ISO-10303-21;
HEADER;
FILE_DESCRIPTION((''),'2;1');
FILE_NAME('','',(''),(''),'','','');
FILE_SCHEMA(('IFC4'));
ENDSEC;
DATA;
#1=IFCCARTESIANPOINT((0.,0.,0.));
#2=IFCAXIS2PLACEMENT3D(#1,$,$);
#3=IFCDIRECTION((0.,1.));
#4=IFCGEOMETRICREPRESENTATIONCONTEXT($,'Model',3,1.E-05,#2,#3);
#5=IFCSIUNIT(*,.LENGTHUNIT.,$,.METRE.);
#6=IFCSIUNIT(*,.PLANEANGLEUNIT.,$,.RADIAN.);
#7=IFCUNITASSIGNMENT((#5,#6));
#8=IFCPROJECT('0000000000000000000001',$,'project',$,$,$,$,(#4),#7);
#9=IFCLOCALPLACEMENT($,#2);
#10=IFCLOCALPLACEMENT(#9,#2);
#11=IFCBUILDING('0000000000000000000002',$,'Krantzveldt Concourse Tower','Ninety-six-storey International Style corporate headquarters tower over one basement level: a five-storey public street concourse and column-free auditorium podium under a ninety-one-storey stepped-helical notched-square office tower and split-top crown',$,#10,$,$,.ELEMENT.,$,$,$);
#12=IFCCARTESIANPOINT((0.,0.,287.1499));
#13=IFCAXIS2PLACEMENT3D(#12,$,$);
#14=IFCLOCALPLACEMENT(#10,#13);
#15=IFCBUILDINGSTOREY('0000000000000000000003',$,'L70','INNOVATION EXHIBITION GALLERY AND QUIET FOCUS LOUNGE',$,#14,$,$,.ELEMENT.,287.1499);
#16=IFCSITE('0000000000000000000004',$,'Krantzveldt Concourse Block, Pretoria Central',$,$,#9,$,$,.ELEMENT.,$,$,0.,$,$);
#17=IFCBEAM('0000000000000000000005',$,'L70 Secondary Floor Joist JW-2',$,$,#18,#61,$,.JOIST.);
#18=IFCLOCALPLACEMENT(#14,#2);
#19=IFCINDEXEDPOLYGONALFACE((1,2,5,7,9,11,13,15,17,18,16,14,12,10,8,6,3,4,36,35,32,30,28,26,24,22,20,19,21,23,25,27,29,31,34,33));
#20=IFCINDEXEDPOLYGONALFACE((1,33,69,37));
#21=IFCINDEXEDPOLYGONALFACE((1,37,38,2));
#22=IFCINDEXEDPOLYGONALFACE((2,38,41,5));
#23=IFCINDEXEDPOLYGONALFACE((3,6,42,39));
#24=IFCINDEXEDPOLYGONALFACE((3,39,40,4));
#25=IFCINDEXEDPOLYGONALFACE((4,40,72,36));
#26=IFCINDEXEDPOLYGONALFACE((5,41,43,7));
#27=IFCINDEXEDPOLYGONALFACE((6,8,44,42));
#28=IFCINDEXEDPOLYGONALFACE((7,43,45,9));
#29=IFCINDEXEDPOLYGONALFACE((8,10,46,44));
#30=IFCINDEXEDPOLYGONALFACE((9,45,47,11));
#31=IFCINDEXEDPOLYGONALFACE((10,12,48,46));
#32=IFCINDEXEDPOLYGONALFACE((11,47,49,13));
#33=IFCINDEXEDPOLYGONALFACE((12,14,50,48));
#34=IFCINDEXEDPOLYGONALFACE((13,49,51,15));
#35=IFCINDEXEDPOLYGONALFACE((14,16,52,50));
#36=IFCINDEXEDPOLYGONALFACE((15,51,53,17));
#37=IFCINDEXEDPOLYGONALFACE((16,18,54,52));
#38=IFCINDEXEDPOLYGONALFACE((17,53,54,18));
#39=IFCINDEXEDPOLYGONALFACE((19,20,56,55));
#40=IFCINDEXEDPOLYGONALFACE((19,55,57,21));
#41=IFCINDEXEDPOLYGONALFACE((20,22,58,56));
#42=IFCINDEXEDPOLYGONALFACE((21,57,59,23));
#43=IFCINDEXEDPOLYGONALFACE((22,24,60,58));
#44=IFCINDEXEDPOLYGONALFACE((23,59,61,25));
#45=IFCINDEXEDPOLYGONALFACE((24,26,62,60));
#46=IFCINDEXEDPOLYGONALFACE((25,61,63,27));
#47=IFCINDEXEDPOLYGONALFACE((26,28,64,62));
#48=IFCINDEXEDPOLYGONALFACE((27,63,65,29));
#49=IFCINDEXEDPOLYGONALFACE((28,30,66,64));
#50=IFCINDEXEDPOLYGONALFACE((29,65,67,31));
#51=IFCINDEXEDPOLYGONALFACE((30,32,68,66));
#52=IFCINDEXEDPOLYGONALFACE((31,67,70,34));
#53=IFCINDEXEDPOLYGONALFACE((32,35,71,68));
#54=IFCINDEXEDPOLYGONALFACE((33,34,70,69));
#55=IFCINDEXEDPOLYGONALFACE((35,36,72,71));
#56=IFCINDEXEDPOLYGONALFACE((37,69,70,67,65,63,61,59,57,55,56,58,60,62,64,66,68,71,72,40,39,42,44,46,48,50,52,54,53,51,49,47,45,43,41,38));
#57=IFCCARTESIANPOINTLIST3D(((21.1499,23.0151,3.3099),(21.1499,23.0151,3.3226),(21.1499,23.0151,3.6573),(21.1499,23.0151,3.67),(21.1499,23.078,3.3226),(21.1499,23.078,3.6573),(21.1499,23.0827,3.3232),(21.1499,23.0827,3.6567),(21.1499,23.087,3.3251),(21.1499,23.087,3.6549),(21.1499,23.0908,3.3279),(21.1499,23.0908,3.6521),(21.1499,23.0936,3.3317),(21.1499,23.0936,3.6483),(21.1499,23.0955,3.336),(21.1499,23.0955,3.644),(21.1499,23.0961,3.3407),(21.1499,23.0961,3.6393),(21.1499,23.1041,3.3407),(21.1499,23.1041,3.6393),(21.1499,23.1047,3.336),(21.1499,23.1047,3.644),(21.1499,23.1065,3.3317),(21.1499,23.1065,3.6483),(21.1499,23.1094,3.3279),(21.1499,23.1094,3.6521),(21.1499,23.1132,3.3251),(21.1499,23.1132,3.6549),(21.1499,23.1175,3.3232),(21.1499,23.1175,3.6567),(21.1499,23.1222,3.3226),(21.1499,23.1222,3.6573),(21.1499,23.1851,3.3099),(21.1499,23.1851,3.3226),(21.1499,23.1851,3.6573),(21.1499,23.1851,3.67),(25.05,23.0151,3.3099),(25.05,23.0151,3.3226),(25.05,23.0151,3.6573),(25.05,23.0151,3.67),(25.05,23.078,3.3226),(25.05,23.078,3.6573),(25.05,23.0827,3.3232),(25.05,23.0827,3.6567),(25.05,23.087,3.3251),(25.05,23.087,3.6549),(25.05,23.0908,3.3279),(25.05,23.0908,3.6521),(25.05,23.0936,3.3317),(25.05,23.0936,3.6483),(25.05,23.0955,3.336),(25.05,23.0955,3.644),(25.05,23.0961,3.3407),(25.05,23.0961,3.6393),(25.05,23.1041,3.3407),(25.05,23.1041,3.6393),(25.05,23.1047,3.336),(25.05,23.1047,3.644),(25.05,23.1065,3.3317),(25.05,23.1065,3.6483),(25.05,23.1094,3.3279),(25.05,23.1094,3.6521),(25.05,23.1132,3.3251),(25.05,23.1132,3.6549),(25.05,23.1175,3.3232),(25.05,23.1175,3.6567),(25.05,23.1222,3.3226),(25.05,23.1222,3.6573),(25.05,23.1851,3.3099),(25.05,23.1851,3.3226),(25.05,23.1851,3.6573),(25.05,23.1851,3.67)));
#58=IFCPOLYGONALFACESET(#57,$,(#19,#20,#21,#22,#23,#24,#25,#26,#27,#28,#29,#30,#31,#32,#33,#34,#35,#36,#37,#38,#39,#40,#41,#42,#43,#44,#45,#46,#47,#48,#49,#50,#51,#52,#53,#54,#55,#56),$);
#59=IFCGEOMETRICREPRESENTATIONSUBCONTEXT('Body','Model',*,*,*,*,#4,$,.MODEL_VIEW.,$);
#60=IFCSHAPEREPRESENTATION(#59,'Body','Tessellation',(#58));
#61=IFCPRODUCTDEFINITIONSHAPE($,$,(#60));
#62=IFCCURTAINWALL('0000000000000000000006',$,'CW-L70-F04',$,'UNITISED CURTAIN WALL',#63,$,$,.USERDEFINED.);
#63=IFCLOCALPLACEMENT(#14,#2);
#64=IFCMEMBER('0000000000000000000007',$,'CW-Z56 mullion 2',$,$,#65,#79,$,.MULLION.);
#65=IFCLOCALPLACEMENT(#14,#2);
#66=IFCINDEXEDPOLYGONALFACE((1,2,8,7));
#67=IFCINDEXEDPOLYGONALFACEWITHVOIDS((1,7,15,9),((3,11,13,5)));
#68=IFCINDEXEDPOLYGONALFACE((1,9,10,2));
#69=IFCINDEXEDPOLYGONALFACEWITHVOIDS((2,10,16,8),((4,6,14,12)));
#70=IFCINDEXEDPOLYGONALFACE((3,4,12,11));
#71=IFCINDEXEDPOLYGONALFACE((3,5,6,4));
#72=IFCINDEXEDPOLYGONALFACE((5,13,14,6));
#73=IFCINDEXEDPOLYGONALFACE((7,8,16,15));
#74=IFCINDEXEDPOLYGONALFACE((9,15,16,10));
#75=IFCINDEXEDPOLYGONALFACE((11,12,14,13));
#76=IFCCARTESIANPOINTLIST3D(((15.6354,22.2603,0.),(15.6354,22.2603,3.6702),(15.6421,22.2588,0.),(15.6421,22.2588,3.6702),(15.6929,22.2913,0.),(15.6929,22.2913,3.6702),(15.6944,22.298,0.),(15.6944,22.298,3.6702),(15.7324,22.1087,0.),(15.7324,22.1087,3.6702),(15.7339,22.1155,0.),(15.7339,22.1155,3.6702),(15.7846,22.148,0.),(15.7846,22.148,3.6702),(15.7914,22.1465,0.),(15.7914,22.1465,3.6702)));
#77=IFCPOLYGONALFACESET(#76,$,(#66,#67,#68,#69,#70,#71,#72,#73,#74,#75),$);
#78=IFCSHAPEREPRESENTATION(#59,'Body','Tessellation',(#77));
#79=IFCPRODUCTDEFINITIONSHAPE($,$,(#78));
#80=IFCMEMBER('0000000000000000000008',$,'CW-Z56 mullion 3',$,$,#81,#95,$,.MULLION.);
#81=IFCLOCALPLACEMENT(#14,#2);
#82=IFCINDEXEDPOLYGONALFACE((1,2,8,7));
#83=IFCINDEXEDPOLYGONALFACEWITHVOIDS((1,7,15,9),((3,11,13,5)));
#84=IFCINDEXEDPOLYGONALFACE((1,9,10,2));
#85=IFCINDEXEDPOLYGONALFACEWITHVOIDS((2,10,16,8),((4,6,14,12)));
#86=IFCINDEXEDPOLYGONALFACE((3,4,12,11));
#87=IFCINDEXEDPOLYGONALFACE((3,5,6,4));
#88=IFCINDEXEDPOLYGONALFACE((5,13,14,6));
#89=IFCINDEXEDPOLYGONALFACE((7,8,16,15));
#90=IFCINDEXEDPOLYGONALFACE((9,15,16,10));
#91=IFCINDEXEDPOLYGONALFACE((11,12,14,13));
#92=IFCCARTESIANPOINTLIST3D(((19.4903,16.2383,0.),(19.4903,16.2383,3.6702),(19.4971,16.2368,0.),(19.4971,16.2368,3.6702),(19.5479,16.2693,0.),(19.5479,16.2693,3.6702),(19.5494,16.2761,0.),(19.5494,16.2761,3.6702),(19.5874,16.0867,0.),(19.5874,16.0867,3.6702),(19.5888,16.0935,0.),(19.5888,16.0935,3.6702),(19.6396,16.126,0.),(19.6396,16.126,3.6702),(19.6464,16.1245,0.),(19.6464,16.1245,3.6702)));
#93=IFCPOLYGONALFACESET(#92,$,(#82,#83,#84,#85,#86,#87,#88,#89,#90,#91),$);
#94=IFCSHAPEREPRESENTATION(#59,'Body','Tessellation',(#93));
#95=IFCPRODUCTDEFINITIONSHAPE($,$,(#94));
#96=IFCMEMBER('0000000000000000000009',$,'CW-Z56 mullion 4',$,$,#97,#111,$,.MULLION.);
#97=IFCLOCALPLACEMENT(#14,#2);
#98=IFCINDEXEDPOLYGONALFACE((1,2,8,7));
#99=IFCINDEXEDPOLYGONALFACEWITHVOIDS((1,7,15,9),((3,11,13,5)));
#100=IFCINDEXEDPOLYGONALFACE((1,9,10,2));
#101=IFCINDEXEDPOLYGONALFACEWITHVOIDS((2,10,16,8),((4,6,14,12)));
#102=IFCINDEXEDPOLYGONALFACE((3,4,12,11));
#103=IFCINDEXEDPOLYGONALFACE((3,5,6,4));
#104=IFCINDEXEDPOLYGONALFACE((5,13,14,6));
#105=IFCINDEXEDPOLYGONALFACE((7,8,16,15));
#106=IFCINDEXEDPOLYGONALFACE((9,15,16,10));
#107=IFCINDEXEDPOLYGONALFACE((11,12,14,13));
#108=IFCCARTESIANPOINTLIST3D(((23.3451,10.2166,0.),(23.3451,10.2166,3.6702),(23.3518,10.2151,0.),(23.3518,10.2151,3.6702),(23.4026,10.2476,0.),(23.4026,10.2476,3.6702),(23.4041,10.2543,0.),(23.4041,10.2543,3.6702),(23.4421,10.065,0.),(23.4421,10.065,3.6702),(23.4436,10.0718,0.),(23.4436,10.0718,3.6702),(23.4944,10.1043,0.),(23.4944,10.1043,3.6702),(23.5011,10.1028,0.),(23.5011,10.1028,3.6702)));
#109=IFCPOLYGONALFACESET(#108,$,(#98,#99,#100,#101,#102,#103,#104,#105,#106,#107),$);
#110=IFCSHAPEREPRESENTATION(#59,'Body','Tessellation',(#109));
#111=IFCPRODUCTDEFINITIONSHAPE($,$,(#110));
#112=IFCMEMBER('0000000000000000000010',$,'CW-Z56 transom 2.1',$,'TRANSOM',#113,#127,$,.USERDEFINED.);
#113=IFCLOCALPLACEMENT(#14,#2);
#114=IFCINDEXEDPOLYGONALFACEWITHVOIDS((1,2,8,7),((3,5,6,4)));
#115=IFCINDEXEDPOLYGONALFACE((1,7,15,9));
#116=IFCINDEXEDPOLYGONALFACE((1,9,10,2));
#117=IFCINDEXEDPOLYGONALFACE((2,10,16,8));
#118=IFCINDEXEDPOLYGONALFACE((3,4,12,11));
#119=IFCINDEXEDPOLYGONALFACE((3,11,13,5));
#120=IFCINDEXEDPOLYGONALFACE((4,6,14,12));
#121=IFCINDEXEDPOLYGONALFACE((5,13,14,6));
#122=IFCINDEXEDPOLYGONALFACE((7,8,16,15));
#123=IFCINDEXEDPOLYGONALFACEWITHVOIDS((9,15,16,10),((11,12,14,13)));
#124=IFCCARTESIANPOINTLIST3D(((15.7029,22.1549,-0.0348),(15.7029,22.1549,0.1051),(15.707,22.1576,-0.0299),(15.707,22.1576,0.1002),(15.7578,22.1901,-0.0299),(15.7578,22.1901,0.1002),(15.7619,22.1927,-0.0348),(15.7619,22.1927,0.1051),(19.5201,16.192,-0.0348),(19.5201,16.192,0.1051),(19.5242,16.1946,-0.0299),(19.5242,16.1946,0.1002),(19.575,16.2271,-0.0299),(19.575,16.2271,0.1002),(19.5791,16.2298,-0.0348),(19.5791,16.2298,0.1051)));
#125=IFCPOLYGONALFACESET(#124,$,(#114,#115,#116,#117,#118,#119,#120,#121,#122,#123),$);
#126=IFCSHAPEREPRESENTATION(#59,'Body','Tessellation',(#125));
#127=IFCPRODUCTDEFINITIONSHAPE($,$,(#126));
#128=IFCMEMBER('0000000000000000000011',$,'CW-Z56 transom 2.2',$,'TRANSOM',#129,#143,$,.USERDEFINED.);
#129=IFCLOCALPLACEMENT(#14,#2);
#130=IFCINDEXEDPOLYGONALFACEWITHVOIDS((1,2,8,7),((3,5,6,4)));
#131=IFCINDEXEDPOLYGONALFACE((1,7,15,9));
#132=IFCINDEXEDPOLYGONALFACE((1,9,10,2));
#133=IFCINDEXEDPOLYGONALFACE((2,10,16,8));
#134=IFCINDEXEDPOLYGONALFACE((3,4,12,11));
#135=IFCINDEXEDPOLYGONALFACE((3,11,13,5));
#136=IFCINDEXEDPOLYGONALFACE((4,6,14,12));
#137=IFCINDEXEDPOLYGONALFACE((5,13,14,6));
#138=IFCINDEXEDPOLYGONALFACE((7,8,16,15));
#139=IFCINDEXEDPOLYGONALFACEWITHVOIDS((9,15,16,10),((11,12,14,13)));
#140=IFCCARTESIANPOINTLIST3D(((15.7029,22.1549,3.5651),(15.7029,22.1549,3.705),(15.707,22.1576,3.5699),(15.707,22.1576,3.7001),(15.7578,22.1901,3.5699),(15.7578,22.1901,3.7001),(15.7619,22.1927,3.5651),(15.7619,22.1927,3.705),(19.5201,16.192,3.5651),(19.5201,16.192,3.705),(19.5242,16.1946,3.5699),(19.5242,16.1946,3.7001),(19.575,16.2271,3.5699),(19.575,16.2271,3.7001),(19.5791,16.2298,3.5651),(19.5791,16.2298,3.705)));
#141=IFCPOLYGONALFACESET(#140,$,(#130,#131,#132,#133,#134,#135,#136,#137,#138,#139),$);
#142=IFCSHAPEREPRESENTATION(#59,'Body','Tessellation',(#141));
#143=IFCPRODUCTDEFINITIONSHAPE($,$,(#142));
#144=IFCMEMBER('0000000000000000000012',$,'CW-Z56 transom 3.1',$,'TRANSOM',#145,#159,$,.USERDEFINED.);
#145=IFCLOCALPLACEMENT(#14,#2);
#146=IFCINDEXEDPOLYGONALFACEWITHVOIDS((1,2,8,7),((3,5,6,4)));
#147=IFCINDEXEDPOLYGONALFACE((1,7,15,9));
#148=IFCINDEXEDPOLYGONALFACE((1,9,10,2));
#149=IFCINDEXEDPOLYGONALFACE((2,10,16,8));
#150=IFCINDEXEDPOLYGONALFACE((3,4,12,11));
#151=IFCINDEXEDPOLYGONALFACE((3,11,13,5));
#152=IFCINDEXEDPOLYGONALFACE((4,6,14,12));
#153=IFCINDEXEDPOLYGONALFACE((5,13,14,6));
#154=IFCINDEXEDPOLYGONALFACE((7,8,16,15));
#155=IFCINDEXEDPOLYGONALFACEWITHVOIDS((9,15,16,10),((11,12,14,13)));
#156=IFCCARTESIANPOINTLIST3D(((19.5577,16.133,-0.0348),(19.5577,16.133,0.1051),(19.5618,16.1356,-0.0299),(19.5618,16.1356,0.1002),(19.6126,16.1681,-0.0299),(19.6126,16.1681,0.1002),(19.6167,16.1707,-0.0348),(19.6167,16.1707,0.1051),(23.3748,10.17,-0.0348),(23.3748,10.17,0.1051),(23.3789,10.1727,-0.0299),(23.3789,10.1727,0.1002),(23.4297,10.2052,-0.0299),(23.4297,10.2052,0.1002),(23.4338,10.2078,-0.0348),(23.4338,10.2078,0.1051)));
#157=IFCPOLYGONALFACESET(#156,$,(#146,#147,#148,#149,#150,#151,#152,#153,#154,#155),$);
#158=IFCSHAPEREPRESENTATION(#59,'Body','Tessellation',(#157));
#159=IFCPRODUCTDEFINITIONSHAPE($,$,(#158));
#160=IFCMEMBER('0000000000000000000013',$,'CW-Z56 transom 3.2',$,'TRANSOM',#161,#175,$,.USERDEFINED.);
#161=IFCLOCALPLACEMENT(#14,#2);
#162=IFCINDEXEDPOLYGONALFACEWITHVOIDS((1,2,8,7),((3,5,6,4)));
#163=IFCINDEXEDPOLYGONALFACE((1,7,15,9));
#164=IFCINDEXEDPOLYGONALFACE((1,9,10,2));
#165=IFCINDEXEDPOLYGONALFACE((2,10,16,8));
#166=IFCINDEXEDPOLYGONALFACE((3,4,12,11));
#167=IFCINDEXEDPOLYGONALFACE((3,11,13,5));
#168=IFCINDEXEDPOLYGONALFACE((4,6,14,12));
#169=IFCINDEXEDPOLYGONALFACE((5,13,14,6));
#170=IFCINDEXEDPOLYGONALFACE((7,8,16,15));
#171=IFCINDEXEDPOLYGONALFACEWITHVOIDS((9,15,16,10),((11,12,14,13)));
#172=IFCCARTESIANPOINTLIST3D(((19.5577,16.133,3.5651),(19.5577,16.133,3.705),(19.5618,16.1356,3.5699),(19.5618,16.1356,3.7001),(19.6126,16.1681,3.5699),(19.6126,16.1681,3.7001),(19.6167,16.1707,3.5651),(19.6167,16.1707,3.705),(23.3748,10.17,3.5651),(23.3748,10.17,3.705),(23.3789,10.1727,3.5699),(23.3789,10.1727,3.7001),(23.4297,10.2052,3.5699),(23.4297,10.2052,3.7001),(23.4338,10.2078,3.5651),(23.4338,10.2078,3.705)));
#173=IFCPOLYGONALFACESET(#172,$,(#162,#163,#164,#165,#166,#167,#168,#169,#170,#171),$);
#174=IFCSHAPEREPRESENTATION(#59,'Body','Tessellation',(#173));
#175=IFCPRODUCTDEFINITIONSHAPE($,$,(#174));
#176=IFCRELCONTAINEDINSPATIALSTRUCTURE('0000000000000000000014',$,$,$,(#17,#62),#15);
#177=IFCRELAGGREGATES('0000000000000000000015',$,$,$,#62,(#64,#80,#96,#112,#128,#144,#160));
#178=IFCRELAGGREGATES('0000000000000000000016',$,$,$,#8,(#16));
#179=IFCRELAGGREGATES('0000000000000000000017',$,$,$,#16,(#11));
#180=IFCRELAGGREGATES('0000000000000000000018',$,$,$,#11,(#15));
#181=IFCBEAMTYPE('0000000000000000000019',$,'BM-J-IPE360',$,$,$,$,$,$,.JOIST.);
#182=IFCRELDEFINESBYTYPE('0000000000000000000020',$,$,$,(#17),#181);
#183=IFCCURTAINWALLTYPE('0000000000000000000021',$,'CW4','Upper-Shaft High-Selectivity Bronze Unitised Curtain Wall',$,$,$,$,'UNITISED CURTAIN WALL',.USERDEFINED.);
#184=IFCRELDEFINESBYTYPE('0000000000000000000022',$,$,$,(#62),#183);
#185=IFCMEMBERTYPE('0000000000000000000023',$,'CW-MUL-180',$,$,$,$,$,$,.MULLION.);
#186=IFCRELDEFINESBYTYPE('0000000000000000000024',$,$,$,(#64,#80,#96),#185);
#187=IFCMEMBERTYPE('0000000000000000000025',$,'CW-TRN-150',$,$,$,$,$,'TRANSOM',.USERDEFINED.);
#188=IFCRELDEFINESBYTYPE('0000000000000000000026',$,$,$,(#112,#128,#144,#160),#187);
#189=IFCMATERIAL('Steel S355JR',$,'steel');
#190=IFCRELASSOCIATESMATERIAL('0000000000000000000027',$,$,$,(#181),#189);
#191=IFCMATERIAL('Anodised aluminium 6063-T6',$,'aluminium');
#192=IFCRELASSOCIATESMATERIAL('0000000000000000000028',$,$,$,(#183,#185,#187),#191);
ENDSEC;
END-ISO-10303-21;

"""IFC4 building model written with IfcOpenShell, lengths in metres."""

from ifc_helpers import new_model, si_unit, direction, frame, origin, origin_2d, place, context, subcontext, project, spatial, hollow_rectangle, i_section, extrude, source, transform, mapped, material, material_profile, profile_set, type_object, type_shapes, element, aggregate, save


model = new_model("IFC4")

# Units and contexts
model_context = context("Model", 3, precision=1e-05, world=origin(), true_north=direction((0.0, 1.0)))
body_context = subcontext(model_context, "Body", "Model", "MODEL_VIEW")
ifc_project = project(units=[si_unit("LENGTHUNIT", "METRE"), si_unit("PLANEANGLEUNIT", "RADIAN")], contexts=[model_context])

# Site, building, storey
site_placement = place(None, origin())
site = spatial("IfcSite", under=ifc_project, at=site_placement, Name="Krantzveldt Concourse Block, Pretoria Central", CompositionType="ELEMENT", RefElevation=0.0)
building_placement = place(site_placement, origin())
building = spatial("IfcBuilding", under=site, at=building_placement, Name="Krantzveldt Concourse Tower", Description="Ninety-six-storey International Style corporate headquarters tower over one basement level: a five-storey public street concourse and column-free auditorium podium under a ninety-one-storey stepped-helical notched-square office tower and split-top crown", CompositionType="ELEMENT")
storey_placement = place(building_placement, frame((0.0, 0.0, 287.1499)))
storey = spatial("IfcBuildingStorey", under=building, at=storey_placement, Name="L70", Description="INNOVATION EXHIBITION GALLERY AND QUIET FOCUS LOUNGE", CompositionType="ELEMENT", Elevation=287.1499)

# Beam
ifc_material_1 = material(Name="Steel S355JR", Category="steel")
ifc_material_profile_1 = material_profile(ifc_material_1, i_section(OverallWidth=0.1699, OverallDepth=0.3601, WebThickness=0.0081, FlangeThickness=0.0127, FilletRadius=0.0181, at=origin_2d()), Name="Steel S355JR", Category="steel")
ifc_profile_set_1 = profile_set([ifc_material_profile_1], Name="Steel S355JR - IPE 360")
beam_type_1 = type_object("IfcBeamType", Name="BM-J-IPE360", PredefinedType="JOIST", material=ifc_profile_set_1)
shared_shape_1 = source(origin(), body_context, "Body", "SweptSolid", [
    extrude(i_section(OverallWidth=0.1699, OverallDepth=0.3601, WebThickness=0.0081, FlangeThickness=0.0127, FilletRadius=0.0181, at=origin_2d()), origin(), (0.0, 0.0, 1.0), 3.9001),
])
type_shapes(beam_type_1, [shared_shape_1])
for number, where, z_axis, x_axis, name in (
    (1, (21.1499, 23.1001, 3.49), (1.0, 0.0, 0.0), (0.0, 1.0, 0.0), "L70 Secondary Floor Joist JW-2"),
):
    element("IfcBeam", number, at=place(storey_placement, frame(where, z_axis=z_axis, x_axis=x_axis)), inside=storey, type_object=beam_type_1, Name=name, PredefinedType="JOIST", context=body_context, shape_type="MappedRepresentation", body=[
        mapped(shared_shape_1, transform((0.0, 0.0, 0.0), x_axis=(1.0, 0.0, 0.0), y_axis=(0.0, 1.0, 0.0), z_axis=(0.0, 0.0, 1.0), scale=1.0)),
    ])

# Curtain wall, members
ifc_material_2 = material(Name="Anodised aluminium 6063-T6", Category="aluminium")
curtain_wall_type = type_object("IfcCurtainWallType", Name="CW4", Description="Upper-Shaft High-Selectivity Bronze Unitised Curtain Wall", ElementType="UNITISED CURTAIN WALL", PredefinedType="USERDEFINED", material=ifc_material_2)
curtain_wall_placement = place(storey_placement, origin())
curtain_wall = element("IfcCurtainWall", 2, at=curtain_wall_placement, inside=storey, type_object=curtain_wall_type, Name="CW-L70-F04", ObjectType="UNITISED CURTAIN WALL", PredefinedType="USERDEFINED")
ifc_material_profile_2 = material_profile(ifc_material_2, hollow_rectangle(XDim=0.0701, YDim=0.1799, WallThickness=0.0049, at=origin_2d()), Name="Anodised aluminium 6063-T6", Category="aluminium")
ifc_profile_set_2 = profile_set([ifc_material_profile_2], Name="Anodised aluminium 6063-T6 - ALU-MULL 180x70x5")
member_type_1 = type_object("IfcMemberType", Name="CW-MUL-180", PredefinedType="MULLION", material=ifc_profile_set_2)
shared_shape_2 = source(origin(), body_context, "Body", "SweptSolid", [
    extrude(hollow_rectangle(XDim=0.0701, YDim=0.1799, WallThickness=0.0049, at=origin_2d()), origin(), (0.0, 0.0, 1.0), 3.6702),
])
type_shapes(member_type_1, [shared_shape_2])
member_1_placement = place(storey_placement, frame((15.7134, 22.2034, 0.0), z_axis=(0.0, 0.0, 1.0), x_axis=(0.842217, 0.539138, 0.0)))
member_1 = element("IfcMember", 3, at=member_1_placement, type_object=member_type_1, Name="CW-Z56 mullion 2", PredefinedType="MULLION", context=body_context, shape_type="MappedRepresentation", body=[
    mapped(shared_shape_2, transform((0.0, 0.0, 0.0), x_axis=(1.0, 0.0, 0.0), y_axis=(0.0, 1.0, 0.0), z_axis=(0.0, 0.0, 1.0), scale=1.0)),
])
member_2_placement = place(storey_placement, frame((19.5684, 16.1814, 0.0), z_axis=(0.0, 0.0, 1.0), x_axis=(0.842217, 0.539138, 0.0)))
member_2 = element("IfcMember", 4, at=member_2_placement, type_object=member_type_1, Name="CW-Z56 mullion 3", PredefinedType="MULLION", context=body_context, shape_type="MappedRepresentation", body=[
    mapped(shared_shape_2, transform((0.0, 0.0, 0.0), x_axis=(1.0, 0.0, 0.0), y_axis=(0.0, 1.0, 0.0), z_axis=(0.0, 0.0, 1.0), scale=1.0)),
])
member_3_placement = place(storey_placement, frame((23.4231, 10.1597, 0.0), z_axis=(0.0, 0.0, 1.0), x_axis=(0.842217, 0.539138, 0.0)))
member_3 = element("IfcMember", 5, at=member_3_placement, type_object=member_type_1, Name="CW-Z56 mullion 4", PredefinedType="MULLION", context=body_context, shape_type="MappedRepresentation", body=[
    mapped(shared_shape_2, transform((0.0, 0.0, 0.0), x_axis=(1.0, 0.0, 0.0), y_axis=(0.0, 1.0, 0.0), z_axis=(0.0, 0.0, 1.0), scale=1.0)),
])
ifc_material_profile_3 = material_profile(ifc_material_2, hollow_rectangle(XDim=0.0701, YDim=0.1399, WallThickness=0.0049, at=origin_2d()), Name="Anodised aluminium 6063-T6", Category="aluminium")
ifc_profile_set_3 = profile_set([ifc_material_profile_3], Name="Anodised aluminium 6063-T6 - ALU-TRAN 140x70x5")
member_type_2 = type_object("IfcMemberType", Name="CW-TRN-150", ElementType="TRANSOM", PredefinedType="USERDEFINED", material=ifc_profile_set_3)
shared_shape_3 = source(origin(), body_context, "Body", "SweptSolid", [
    extrude(hollow_rectangle(XDim=0.0701, YDim=0.1399, WallThickness=0.0049, at=origin_2d()), origin(), (0.0, 0.0, 1.0), 7.0801),
])
member_4_placement = place(storey_placement, frame((15.7324, 22.1738, 0.0352), z_axis=(0.539143, -0.842214, 0.0), x_axis=(0.842214, 0.539143, 0.0)))
member_4 = element("IfcMember", 6, at=member_4_placement, type_object=member_type_2, Name="CW-Z56 transom 2.1", ObjectType="TRANSOM", PredefinedType="USERDEFINED", context=body_context, shape_type="MappedRepresentation", body=[
    mapped(shared_shape_3, transform((0.0, 0.0, 0.0), x_axis=(1.0, 0.0, 0.0), y_axis=(0.0, 1.0, 0.0), z_axis=(0.0, 0.0, 1.0), scale=1.0)),
])
member_5_placement = place(storey_placement, frame((15.7324, 22.1738, 3.635), z_axis=(0.539143, -0.842214, 0.0), x_axis=(0.842214, 0.539143, 0.0)))
member_5 = element("IfcMember", 7, at=member_5_placement, type_object=member_type_2, Name="CW-Z56 transom 2.2", ObjectType="TRANSOM", PredefinedType="USERDEFINED", context=body_context, shape_type="MappedRepresentation", body=[
    mapped(shared_shape_3, transform((0.0, 0.0, 0.0), x_axis=(1.0, 0.0, 0.0), y_axis=(0.0, 1.0, 0.0), z_axis=(0.0, 0.0, 1.0), scale=1.0)),
])
member_6_placement = place(storey_placement, frame((19.5872, 16.1519, 0.0352), z_axis=(0.539143, -0.842214, 0.0), x_axis=(0.842214, 0.539143, 0.0)))
member_6 = element("IfcMember", 8, at=member_6_placement, type_object=member_type_2, Name="CW-Z56 transom 3.1", ObjectType="TRANSOM", PredefinedType="USERDEFINED", context=body_context, shape_type="MappedRepresentation", body=[
    mapped(shared_shape_3, transform((0.0, 0.0, 0.0), x_axis=(1.0, 0.0, 0.0), y_axis=(0.0, 1.0, 0.0), z_axis=(0.0, 0.0, 1.0), scale=1.0)),
])
member_7_placement = place(storey_placement, frame((19.5872, 16.1519, 3.635), z_axis=(0.539143, -0.842214, 0.0), x_axis=(0.842214, 0.539143, 0.0)))
member_7 = element("IfcMember", 9, at=member_7_placement, type_object=member_type_2, Name="CW-Z56 transom 3.2", ObjectType="TRANSOM", PredefinedType="USERDEFINED", context=body_context, shape_type="MappedRepresentation", body=[
    mapped(shared_shape_3, transform((0.0, 0.0, 0.0), x_axis=(1.0, 0.0, 0.0), y_axis=(0.0, 1.0, 0.0), z_axis=(0.0, 0.0, 1.0), scale=1.0)),
])

aggregate(curtain_wall, [member_1, member_2, member_3, member_4, member_5, member_6, member_7])

save(model, "model.ifc")
